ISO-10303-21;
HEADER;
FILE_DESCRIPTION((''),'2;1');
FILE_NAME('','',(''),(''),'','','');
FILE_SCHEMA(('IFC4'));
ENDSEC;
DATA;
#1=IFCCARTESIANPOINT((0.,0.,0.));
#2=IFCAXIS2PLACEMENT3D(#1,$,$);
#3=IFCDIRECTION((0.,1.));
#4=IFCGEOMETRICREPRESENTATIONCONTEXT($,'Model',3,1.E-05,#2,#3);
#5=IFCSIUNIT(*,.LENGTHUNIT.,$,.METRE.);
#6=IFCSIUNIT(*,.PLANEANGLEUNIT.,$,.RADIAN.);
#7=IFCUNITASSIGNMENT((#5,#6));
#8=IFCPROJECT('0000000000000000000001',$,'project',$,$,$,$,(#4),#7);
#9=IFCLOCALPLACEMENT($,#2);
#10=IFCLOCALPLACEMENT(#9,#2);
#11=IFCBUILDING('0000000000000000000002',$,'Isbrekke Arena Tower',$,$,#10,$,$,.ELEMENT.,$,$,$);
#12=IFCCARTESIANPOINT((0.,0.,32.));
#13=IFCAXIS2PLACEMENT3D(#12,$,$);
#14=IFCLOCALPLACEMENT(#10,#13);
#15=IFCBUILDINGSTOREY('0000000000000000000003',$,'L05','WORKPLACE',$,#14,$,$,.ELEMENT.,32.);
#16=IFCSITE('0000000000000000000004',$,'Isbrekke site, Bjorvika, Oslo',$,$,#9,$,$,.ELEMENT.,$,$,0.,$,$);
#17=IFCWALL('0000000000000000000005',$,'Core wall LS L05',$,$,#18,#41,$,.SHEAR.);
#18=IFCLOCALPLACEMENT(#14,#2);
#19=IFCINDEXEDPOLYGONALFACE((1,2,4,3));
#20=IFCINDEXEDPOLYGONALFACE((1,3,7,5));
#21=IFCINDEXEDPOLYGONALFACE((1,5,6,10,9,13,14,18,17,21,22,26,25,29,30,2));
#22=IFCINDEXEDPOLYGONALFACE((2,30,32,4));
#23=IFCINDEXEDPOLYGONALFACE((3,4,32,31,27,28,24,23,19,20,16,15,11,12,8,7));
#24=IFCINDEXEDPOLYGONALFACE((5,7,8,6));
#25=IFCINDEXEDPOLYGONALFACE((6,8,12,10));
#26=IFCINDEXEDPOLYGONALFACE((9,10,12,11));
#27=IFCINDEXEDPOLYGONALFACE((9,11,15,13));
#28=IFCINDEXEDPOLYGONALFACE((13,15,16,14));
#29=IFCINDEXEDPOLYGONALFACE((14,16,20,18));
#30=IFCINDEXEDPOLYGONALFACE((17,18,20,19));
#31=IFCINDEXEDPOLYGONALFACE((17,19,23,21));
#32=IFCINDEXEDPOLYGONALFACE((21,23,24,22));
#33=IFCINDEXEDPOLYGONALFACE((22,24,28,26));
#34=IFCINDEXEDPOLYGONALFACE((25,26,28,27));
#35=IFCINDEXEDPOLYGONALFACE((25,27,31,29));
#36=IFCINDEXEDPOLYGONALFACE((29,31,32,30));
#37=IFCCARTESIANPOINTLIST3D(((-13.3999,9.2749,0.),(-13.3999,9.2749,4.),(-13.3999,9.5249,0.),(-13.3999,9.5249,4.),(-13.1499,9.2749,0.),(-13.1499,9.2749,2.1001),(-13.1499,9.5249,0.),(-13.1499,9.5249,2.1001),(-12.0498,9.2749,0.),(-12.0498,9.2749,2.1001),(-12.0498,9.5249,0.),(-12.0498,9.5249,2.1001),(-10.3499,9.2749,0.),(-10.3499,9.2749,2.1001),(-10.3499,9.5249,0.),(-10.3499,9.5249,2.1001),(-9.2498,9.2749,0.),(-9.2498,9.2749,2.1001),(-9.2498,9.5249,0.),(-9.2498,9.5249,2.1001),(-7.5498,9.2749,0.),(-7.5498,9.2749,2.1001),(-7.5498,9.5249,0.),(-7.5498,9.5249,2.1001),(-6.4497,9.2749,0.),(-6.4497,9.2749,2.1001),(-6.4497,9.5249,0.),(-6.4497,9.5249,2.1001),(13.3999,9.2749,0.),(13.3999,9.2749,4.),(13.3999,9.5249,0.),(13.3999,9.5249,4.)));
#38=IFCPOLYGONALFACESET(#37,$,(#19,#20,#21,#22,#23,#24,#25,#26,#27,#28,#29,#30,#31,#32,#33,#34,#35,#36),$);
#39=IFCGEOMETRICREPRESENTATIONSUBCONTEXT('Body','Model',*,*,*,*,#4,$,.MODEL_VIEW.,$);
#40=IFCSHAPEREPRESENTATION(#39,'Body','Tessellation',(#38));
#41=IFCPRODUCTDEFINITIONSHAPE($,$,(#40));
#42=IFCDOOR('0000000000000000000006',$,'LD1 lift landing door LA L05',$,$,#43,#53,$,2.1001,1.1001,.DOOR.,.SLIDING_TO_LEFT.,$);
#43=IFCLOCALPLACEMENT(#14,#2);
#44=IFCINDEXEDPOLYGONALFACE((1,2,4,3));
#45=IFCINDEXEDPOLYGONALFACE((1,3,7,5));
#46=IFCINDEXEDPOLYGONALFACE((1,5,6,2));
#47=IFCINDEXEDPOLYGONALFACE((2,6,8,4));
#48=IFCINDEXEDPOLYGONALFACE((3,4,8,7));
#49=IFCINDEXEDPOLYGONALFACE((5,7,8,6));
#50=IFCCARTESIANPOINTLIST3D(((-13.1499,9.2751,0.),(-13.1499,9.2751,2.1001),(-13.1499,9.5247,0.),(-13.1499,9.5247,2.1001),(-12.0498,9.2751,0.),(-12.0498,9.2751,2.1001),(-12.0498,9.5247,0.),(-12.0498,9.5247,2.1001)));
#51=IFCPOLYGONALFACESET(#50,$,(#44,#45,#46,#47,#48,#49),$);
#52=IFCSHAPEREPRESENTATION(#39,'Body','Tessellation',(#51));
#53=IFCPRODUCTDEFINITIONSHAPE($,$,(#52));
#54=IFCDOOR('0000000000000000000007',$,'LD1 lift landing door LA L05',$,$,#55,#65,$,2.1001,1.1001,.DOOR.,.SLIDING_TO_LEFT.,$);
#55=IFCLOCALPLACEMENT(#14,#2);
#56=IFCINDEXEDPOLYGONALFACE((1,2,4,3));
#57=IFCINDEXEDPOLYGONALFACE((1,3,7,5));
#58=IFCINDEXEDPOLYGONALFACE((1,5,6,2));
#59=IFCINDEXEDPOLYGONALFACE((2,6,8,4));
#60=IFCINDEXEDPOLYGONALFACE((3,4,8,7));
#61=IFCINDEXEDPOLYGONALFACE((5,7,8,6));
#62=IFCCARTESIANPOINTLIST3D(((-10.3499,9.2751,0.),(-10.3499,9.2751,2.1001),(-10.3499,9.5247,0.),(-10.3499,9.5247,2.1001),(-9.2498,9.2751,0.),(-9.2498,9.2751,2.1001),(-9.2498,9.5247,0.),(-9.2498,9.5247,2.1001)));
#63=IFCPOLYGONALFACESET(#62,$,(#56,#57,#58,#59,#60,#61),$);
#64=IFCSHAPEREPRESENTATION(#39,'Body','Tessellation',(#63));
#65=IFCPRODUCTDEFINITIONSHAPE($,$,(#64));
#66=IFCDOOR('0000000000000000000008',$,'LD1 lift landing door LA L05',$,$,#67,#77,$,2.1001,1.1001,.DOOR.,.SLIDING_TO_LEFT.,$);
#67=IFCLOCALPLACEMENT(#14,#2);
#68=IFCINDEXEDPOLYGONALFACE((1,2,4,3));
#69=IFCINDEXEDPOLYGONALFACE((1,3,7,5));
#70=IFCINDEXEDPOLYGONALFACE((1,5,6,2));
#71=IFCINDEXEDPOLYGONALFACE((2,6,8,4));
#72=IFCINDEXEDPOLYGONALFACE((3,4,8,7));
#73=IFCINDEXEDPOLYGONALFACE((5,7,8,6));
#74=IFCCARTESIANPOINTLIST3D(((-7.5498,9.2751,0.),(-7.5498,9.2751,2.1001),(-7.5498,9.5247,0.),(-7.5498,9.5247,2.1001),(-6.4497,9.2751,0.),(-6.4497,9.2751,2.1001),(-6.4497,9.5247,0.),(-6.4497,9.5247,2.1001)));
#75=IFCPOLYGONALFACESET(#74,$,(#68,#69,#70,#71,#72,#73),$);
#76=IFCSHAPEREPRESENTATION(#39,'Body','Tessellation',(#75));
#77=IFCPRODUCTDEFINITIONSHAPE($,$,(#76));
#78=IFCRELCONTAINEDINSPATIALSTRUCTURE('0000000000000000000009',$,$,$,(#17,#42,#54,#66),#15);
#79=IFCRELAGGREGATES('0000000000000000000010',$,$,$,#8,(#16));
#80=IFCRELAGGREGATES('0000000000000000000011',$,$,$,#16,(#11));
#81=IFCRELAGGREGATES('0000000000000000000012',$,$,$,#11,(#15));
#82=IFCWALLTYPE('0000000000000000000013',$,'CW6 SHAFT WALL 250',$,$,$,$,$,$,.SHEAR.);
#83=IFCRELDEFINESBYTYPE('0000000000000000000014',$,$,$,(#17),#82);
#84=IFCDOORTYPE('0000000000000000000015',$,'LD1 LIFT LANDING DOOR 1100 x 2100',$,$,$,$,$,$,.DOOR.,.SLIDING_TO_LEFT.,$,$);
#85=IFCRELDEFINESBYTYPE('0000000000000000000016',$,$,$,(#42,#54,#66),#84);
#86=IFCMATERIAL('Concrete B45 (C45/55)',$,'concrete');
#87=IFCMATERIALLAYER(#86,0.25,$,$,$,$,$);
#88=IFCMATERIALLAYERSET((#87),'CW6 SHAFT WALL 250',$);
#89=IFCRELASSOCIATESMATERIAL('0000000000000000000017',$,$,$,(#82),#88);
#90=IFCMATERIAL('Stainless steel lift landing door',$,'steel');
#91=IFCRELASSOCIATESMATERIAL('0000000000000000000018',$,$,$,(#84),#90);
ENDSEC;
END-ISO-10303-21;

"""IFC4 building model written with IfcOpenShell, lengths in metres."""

from ifc_helpers import new_model, si_unit, direction, frame, frame_2d, origin, place, context, subcontext, project, spatial, rectangle, extrude, material, layer, layer_set, type_object, element, fill, save


model = new_model("IFC4")

# Units and contexts
model_context = context("Model", 3, precision=1e-05, world=origin(), true_north=direction((0.0, 1.0)))
body_context = subcontext(model_context, "Body", "Model", "MODEL_VIEW")
ifc_project = project(units=[si_unit("LENGTHUNIT", "METRE"), si_unit("PLANEANGLEUNIT", "RADIAN")], contexts=[model_context])

# Site, building, storey
site_placement = place(None, origin())
site = spatial("IfcSite", under=ifc_project, at=site_placement, Name="Isbrekke site, Bjorvika, Oslo", CompositionType="ELEMENT", RefElevation=0.0)
building_placement = place(site_placement, origin())
building = spatial("IfcBuilding", under=site, at=building_placement, Name="Isbrekke Arena Tower", CompositionType="ELEMENT")
storey_placement = place(building_placement, frame((0.0, 0.0, 32.0)))
storey = spatial("IfcBuildingStorey", under=building, at=storey_placement, Name="L05", Description="WORKPLACE", CompositionType="ELEMENT", Elevation=32.0)

# Wall, openings, doors
ifc_material_1 = material(Name="Concrete B45 (C45/55)", Category="concrete")
ifc_layer_1 = layer(ifc_material_1, 0.25)
ifc_layer_set_1 = layer_set([ifc_layer_1], Name="CW6 SHAFT WALL 250")
wall_type_1 = type_object("IfcWallType", Name="CW6 SHAFT WALL 250", PredefinedType="SHEAR", material=ifc_layer_set_1)
wall_1_placement = place(storey_placement, frame((-13.3999, 9.3999, 0.0), z_axis=(0.0, 0.0, 1.0), x_axis=(1.0, 0.0, 0.0)))
wall_1 = element("IfcWall", 1, at=wall_1_placement, inside=storey, type_object=wall_type_1, Name="Core wall LS L05", PredefinedType="SHEAR", context=body_context, shape_type="SweptSolid", body=[
    extrude(rectangle(XDim=26.7998, YDim=0.25, at=frame_2d((13.3999, 0.0))), origin(), (0.0, 0.0, 1.0), 4.0),
])
opening_1_placement = place(wall_1_placement, frame((0.25, 0.0, 0.0)))
opening_1 = element("IfcOpeningElement", 2, at=opening_1_placement, cuts=wall_1, PredefinedType="OPENING", context=body_context, shape_type="SweptSolid", body=[
    extrude(rectangle(XDim=1.1001, YDim=2.1001, at=frame_2d((0.55, 1.05))), frame((0.0, 0.1399, 0.0), z_axis=(0.0, -1.0, 0.0), x_axis=(1.0, 0.0, 0.0)), (0.0, 0.0, 1.0), 0.2798),
])
opening_2_placement = place(wall_1_placement, frame((3.05, 0.0, 0.0)))
opening_2 = element("IfcOpeningElement", 3, at=opening_2_placement, cuts=wall_1, PredefinedType="OPENING", context=body_context, shape_type="SweptSolid", body=[
    extrude(rectangle(XDim=1.1001, YDim=2.1001, at=frame_2d((0.55, 1.05))), frame((0.0, 0.1399, 0.0), z_axis=(0.0, -1.0, 0.0), x_axis=(1.0, 0.0, 0.0)), (0.0, 0.0, 1.0), 0.2798),
])
opening_3_placement = place(wall_1_placement, frame((5.8501, 0.0, 0.0)))
opening_3 = element("IfcOpeningElement", 4, at=opening_3_placement, cuts=wall_1, PredefinedType="OPENING", context=body_context, shape_type="SweptSolid", body=[
    extrude(rectangle(XDim=1.1001, YDim=2.1001, at=frame_2d((0.55, 1.05))), frame((0.0, 0.1399, 0.0), z_axis=(0.0, -1.0, 0.0), x_axis=(1.0, 0.0, 0.0)), (0.0, 0.0, 1.0), 0.2798),
])
ifc_material_2 = material(Name="Stainless steel lift landing door", Category="steel")
door_type_1 = type_object("IfcDoorType", Name="LD1 LIFT LANDING DOOR 1100 x 2100", OperationType="SLIDING_TO_LEFT", PredefinedType="DOOR", material=ifc_material_2)
door_1_placement = place(opening_1_placement, origin())
door_1 = element("IfcDoor", 5, at=door_1_placement, inside=storey, type_object=door_type_1, Name="LD1 lift landing door LA L05", OperationType="SLIDING_TO_LEFT", OverallHeight=2.1001, OverallWidth=1.1001, PredefinedType="DOOR", context=body_context, shape_type="SweptSolid", body=[
    extrude(rectangle(XDim=1.1001, YDim=2.1001, at=frame_2d((0.55, 1.05))), frame((0.0, 0.1248, 0.0), z_axis=(0.0, -1.0, 0.0), x_axis=(1.0, 0.0, 0.0)), (0.0, 0.0, 1.0), 0.2495),
])
fill(opening_1, door_1)
door_2_placement = place(opening_2_placement, origin())
door_2 = element("IfcDoor", 6, at=door_2_placement, inside=storey, type_object=door_type_1, Name="LD1 lift landing door LA L05", OperationType="SLIDING_TO_LEFT", OverallHeight=2.1001, OverallWidth=1.1001, PredefinedType="DOOR", context=body_context, shape_type="SweptSolid", body=[
    extrude(rectangle(XDim=1.1001, YDim=2.1001, at=frame_2d((0.55, 1.05))), frame((0.0, 0.1248, 0.0), z_axis=(0.0, -1.0, 0.0), x_axis=(1.0, 0.0, 0.0)), (0.0, 0.0, 1.0), 0.2495),
])
fill(opening_2, door_2)
door_3_placement = place(opening_3_placement, origin())
door_3 = element("IfcDoor", 7, at=door_3_placement, inside=storey, type_object=door_type_1, Name="LD1 lift landing door LA L05", OperationType="SLIDING_TO_LEFT", OverallHeight=2.1001, OverallWidth=1.1001, PredefinedType="DOOR", context=body_context, shape_type="SweptSolid", body=[
    extrude(rectangle(XDim=1.1001, YDim=2.1001, at=frame_2d((0.55, 1.05))), frame((0.0, 0.1248, 0.0), z_axis=(0.0, -1.0, 0.0), x_axis=(1.0, 0.0, 0.0)), (0.0, 0.0, 1.0), 0.2495),
])
fill(opening_3, door_3)

save(model, "model.ifc")
